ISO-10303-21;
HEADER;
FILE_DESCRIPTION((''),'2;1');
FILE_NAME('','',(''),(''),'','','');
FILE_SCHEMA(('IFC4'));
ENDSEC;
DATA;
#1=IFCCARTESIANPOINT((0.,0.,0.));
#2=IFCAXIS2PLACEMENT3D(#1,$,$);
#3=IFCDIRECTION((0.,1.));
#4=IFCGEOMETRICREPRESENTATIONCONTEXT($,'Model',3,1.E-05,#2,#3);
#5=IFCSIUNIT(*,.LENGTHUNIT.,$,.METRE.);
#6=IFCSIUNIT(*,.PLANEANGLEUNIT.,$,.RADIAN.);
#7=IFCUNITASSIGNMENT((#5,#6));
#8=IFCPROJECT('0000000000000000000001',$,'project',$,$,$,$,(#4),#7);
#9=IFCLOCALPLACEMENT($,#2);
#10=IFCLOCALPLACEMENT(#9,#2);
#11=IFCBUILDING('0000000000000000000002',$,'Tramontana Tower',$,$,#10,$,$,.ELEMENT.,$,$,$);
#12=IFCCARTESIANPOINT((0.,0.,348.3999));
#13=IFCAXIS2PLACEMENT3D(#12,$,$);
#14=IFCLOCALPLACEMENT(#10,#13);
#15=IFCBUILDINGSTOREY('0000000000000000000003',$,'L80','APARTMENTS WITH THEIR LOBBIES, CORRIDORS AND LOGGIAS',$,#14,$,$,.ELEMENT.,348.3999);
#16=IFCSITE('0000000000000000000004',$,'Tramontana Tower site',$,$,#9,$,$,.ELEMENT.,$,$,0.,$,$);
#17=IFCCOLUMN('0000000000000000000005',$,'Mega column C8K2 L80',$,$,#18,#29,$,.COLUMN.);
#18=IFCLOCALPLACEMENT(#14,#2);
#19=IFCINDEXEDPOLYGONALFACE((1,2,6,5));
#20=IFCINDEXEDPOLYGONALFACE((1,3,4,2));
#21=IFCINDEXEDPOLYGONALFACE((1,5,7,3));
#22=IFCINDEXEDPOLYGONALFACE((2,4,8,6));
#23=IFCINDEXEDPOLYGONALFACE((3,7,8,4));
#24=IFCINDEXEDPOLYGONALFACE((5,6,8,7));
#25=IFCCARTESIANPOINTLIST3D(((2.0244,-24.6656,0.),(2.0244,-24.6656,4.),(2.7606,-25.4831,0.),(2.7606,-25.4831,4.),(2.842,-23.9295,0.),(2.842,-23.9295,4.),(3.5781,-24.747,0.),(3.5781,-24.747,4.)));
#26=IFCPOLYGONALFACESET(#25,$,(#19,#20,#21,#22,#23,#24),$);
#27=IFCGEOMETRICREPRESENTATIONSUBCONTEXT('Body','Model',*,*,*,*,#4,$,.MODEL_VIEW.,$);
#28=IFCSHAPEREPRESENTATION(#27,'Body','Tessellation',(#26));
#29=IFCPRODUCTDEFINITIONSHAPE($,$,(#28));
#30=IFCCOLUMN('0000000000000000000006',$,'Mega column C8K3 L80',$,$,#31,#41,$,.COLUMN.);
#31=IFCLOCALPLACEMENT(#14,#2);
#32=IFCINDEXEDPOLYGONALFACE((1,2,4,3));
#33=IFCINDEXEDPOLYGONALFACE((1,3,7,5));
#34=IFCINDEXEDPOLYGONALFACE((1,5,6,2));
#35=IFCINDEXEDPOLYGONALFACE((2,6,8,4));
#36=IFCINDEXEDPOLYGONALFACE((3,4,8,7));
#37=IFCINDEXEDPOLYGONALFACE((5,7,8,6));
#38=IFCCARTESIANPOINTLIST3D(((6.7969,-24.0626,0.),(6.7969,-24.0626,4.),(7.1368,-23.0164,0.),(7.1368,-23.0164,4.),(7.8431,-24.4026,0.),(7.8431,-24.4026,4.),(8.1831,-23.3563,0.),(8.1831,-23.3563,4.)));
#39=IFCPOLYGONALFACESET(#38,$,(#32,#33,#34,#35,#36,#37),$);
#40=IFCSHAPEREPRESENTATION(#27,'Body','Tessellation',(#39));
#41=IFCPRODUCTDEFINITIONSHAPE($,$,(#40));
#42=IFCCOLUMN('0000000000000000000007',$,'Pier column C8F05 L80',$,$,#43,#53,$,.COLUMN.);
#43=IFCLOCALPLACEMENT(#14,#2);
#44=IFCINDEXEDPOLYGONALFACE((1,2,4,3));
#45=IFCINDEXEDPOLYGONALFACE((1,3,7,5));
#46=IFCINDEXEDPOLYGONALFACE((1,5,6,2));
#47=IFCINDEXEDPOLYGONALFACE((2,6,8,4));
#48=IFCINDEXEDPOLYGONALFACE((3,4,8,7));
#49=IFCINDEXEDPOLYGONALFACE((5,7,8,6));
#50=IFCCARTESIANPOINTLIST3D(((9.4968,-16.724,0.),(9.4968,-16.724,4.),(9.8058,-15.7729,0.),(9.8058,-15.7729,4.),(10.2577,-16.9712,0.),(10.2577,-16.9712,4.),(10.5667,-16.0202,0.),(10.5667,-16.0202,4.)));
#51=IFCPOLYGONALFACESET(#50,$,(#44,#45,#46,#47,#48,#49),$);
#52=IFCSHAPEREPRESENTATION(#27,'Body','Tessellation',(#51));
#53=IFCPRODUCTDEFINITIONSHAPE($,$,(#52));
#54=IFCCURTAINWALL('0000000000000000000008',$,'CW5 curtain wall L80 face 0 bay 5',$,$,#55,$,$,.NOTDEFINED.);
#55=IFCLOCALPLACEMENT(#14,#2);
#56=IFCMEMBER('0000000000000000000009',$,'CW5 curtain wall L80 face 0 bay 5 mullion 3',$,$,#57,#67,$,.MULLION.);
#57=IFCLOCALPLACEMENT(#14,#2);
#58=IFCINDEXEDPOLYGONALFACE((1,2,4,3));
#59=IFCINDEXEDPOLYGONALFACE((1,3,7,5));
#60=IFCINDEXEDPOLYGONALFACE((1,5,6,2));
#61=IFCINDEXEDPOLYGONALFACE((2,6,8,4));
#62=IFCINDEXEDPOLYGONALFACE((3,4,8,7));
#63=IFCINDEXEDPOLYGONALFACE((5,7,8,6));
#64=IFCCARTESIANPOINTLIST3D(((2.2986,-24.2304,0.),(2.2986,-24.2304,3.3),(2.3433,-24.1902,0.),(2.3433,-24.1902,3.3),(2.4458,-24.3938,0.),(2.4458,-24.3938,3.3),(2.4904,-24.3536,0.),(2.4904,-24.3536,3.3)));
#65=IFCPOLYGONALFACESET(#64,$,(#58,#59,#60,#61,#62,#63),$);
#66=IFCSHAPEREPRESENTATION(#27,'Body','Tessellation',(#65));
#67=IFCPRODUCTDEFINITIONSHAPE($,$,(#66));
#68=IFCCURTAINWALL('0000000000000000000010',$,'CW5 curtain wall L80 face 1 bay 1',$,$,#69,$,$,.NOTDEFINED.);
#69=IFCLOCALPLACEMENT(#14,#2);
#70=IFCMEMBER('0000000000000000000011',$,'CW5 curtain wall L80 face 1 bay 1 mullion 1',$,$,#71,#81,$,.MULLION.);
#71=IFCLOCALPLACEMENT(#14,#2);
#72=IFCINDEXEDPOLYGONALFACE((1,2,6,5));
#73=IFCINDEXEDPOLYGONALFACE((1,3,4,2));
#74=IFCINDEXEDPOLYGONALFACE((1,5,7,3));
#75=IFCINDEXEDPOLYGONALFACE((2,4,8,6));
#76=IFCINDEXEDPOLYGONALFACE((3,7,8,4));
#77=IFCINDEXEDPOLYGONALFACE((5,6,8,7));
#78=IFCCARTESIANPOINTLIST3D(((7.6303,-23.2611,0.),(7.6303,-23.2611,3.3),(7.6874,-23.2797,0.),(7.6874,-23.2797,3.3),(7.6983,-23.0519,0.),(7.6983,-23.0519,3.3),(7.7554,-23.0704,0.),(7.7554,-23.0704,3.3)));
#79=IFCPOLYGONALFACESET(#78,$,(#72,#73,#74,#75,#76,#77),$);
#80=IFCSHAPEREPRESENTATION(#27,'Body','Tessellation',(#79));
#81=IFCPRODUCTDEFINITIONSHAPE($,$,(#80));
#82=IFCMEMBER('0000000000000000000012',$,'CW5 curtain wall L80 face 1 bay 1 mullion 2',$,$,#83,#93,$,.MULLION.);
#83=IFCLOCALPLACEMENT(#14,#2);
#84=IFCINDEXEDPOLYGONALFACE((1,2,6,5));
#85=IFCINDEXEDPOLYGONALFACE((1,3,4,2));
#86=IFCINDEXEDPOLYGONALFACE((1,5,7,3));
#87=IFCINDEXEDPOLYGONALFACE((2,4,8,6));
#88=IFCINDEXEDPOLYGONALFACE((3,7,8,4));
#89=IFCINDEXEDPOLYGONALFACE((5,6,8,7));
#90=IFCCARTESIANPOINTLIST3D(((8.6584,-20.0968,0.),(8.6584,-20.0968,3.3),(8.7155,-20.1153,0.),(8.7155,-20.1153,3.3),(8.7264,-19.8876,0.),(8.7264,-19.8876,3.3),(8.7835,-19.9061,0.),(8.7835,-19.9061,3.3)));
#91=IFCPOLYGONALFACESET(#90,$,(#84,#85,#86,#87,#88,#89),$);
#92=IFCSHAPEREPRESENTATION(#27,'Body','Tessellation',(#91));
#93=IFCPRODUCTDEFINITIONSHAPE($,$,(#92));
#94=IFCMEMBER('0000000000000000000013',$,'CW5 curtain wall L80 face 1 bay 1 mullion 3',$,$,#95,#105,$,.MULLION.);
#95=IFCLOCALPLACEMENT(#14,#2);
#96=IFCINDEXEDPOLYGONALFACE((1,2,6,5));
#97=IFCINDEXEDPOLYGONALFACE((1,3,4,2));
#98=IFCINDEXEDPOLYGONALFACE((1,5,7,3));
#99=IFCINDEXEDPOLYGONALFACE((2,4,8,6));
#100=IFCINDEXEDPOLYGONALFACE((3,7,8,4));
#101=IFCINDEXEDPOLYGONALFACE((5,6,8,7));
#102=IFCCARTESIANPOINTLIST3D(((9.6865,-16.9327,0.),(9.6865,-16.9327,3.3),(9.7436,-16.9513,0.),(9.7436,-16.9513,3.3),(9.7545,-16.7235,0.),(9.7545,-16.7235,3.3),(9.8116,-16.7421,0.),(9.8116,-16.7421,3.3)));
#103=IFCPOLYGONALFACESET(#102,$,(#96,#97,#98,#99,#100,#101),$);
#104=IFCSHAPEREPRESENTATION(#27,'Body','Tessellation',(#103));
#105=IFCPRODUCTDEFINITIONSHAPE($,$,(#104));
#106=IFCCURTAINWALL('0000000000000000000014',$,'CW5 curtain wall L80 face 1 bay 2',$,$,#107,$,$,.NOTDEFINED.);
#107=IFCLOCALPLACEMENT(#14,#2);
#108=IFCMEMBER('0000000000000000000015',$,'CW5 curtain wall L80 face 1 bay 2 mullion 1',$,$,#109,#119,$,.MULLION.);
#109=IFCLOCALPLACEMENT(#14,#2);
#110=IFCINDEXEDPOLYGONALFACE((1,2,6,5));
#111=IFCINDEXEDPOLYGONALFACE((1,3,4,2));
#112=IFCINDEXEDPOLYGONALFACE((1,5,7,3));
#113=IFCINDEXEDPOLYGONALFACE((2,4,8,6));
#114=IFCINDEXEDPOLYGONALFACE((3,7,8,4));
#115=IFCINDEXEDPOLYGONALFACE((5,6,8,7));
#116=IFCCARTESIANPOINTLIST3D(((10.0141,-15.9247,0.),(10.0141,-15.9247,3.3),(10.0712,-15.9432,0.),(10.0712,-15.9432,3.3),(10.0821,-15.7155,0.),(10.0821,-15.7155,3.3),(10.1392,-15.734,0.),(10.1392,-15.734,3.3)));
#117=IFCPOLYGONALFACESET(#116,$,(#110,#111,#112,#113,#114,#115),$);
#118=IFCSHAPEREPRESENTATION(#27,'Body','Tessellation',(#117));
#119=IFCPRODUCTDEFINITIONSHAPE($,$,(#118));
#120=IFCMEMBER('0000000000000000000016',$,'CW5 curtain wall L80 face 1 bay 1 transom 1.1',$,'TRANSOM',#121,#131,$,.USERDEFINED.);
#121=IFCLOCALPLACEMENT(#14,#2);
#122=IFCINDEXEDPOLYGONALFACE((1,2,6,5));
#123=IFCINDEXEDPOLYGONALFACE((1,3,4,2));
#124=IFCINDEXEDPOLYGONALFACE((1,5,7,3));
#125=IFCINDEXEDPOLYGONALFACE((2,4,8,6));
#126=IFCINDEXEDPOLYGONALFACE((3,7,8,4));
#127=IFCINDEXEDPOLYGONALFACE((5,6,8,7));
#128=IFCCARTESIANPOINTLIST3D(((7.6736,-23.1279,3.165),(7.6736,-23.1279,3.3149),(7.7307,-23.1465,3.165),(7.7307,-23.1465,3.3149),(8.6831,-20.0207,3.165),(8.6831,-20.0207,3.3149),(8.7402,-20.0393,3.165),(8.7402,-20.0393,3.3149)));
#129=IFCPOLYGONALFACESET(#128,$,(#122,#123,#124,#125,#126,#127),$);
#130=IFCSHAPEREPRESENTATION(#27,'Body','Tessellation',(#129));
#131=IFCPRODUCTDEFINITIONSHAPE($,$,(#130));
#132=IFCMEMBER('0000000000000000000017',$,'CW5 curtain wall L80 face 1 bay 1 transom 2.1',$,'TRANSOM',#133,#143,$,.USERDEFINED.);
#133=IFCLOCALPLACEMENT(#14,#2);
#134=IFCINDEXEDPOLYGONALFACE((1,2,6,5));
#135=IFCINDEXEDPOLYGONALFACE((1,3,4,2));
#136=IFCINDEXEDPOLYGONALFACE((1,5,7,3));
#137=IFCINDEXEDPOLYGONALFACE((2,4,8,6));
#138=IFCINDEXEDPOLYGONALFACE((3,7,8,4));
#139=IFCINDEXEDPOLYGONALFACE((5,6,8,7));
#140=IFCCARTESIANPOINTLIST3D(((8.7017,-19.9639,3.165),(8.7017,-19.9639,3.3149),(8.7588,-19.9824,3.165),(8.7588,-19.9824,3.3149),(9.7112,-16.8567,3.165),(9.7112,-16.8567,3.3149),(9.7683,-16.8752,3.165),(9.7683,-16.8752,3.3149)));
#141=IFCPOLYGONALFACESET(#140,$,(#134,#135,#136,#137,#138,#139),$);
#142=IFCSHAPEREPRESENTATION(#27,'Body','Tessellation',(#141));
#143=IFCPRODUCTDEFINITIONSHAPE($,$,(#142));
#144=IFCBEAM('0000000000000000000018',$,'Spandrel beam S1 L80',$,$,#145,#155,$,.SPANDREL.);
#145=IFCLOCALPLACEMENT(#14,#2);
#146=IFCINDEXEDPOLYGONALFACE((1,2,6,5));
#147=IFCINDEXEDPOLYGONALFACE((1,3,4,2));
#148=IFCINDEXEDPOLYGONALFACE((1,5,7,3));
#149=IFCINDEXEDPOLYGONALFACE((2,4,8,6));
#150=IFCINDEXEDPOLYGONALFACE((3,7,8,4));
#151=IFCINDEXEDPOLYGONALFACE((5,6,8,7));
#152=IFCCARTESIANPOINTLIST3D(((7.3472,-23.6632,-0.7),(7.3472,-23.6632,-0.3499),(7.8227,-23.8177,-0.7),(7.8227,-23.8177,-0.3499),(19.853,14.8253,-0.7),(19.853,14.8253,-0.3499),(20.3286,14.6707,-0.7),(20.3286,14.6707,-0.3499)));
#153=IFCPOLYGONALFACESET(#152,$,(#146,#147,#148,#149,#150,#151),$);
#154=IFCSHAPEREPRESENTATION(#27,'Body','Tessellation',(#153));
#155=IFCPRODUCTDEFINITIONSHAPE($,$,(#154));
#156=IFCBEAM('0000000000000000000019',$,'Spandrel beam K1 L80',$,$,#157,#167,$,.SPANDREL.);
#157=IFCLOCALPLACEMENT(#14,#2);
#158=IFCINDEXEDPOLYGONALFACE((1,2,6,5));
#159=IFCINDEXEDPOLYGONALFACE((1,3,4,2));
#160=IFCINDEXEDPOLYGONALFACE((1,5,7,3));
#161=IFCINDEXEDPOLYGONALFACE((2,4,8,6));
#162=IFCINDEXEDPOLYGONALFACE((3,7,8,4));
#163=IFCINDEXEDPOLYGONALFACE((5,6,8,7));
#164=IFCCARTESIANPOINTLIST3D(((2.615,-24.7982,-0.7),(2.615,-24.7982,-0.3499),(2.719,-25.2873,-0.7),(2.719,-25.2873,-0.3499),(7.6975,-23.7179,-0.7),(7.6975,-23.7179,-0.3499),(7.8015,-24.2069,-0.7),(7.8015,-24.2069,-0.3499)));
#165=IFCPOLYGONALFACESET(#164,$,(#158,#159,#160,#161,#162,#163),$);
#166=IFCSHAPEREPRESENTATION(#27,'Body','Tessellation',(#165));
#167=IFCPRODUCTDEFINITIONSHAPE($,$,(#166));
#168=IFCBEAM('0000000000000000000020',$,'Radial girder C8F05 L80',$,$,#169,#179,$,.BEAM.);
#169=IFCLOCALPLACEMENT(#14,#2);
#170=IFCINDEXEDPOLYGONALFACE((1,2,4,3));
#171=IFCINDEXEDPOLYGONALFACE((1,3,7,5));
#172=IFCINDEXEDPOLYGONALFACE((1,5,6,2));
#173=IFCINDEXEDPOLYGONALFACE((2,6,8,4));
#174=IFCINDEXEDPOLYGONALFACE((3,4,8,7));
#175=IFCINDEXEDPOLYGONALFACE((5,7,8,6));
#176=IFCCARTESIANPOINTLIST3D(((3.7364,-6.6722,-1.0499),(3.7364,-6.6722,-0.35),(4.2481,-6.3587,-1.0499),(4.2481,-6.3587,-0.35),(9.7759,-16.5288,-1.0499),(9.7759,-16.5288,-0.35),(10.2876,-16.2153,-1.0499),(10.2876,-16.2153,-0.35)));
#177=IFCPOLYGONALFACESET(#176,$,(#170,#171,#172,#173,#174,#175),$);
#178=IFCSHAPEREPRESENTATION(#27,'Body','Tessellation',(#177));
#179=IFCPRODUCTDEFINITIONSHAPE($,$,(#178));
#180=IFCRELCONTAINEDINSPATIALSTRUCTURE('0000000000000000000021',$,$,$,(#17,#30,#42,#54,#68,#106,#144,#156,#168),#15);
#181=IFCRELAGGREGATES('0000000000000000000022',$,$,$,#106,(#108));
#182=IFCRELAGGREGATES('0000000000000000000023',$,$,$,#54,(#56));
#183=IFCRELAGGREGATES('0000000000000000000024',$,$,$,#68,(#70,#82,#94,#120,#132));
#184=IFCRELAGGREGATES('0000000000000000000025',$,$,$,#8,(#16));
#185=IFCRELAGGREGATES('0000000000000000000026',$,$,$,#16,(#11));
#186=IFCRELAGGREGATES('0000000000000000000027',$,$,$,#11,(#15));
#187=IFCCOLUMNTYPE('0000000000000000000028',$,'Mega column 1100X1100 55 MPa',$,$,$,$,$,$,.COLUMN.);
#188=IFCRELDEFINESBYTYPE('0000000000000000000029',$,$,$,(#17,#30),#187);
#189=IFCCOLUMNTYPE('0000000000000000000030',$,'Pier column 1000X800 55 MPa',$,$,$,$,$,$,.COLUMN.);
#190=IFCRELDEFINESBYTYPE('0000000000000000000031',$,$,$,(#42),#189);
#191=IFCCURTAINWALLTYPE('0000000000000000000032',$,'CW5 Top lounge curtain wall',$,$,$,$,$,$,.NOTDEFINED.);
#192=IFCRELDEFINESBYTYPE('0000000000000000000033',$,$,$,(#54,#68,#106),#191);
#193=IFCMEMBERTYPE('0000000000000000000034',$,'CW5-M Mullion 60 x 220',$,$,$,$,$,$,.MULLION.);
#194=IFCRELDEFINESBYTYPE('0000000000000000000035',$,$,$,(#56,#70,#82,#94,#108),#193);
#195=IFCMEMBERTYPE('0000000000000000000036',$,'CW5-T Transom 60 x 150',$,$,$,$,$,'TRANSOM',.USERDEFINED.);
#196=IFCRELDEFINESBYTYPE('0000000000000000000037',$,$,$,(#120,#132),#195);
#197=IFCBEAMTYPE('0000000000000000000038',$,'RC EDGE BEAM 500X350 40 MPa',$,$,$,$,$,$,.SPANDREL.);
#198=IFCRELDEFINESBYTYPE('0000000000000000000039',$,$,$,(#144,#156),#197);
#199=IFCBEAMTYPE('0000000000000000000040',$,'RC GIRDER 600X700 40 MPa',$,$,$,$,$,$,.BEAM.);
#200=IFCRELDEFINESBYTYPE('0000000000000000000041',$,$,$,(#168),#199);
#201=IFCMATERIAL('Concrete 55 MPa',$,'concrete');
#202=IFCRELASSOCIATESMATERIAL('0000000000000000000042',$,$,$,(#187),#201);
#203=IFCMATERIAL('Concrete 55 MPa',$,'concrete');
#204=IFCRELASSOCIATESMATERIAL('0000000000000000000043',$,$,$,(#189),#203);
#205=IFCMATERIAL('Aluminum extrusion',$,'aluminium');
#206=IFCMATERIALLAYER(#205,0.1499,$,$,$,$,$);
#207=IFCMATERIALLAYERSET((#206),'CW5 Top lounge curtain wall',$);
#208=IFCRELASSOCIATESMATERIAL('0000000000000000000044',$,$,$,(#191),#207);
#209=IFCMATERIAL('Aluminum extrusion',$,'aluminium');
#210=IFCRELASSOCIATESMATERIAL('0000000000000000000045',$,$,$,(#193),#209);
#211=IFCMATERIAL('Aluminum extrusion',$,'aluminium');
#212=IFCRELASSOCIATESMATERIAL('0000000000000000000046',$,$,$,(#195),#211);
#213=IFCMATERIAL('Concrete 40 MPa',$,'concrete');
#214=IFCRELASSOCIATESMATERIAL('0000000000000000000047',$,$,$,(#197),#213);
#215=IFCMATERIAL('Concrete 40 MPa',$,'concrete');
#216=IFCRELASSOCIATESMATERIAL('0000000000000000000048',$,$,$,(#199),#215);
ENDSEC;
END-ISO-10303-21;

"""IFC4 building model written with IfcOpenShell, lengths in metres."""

from ifc_helpers import new_model, si_unit, direction, frame, origin, origin_2d, place, context, subcontext, project, spatial, rectangle, extrude, material, layer, layer_set, material_profile, profile_set, type_object, element, aggregate, save


model = new_model("IFC4")

# Units and contexts
model_context = context("Model", 3, precision=1e-05, world=origin(), true_north=direction((0.0, 1.0)))
body_context = subcontext(model_context, "Body", "Model", "MODEL_VIEW")
ifc_project = project(units=[si_unit("LENGTHUNIT", "METRE"), si_unit("PLANEANGLEUNIT", "RADIAN")], contexts=[model_context])

# Site, building, storey
site_placement = place(None, origin())
site = spatial("IfcSite", under=ifc_project, at=site_placement, Name="Tramontana Tower site", CompositionType="ELEMENT", RefElevation=0.0)
building_placement = place(site_placement, origin())
building = spatial("IfcBuilding", under=site, at=building_placement, Name="Tramontana Tower", CompositionType="ELEMENT")
storey_placement = place(building_placement, frame((0.0, 0.0, 348.3999)))
storey = spatial("IfcBuildingStorey", under=building, at=storey_placement, Name="L80", Description="APARTMENTS WITH THEIR LOBBIES, CORRIDORS AND LOGGIAS", CompositionType="ELEMENT", Elevation=348.3999)

# Columns
ifc_material_1 = material(Name="Concrete 55 MPa", Category="concrete")
ifc_material_profile_1 = material_profile(ifc_material_1, rectangle(XDim=1.1001, YDim=1.1001, at=origin_2d()), Name="Mega column 1100X1100 55 MPa")
ifc_profile_set_1 = profile_set([ifc_material_profile_1], Name="Concrete 55 MPa")
column_type_1 = type_object("IfcColumnType", Name="Mega column 1100X1100 55 MPa", PredefinedType="COLUMN", material=ifc_profile_set_1)
for number, where, z_axis, x_axis, name in (
    (1, (2.8013, -24.7063, 0.0), (0.0, 0.0, 1.0), (0.669131, -0.743145, 0.0), "Mega column C8K2 L80"),
    (2, (7.49, -23.7095, 0.0), (0.0, 0.0, 1.0), (0.309017, 0.951057, 0.0), "Mega column C8K3 L80"),
):
    element("IfcColumn", number, at=place(storey_placement, frame(where, z_axis=z_axis, x_axis=x_axis)), inside=storey, type_object=column_type_1, Name=name, PredefinedType="COLUMN", context=body_context, shape_type="SweptSolid", body=[
        extrude(rectangle(XDim=1.1001, YDim=1.1001, at=origin_2d()), origin(), (0.0, 0.0, 1.0), 4.0),
    ])
ifc_material_2 = material(Name="Concrete 55 MPa", Category="concrete")
ifc_material_profile_2 = material_profile(ifc_material_2, rectangle(XDim=1.0, YDim=0.8, at=origin_2d()), Name="Pier column 1000X800 55 MPa")
ifc_profile_set_2 = profile_set([ifc_material_profile_2], Name="Concrete 55 MPa")
column_type_2 = type_object("IfcColumnType", Name="Pier column 1000X800 55 MPa", PredefinedType="COLUMN", material=ifc_profile_set_2)
column_placement = place(storey_placement, frame((10.0317, -16.3721, 0.0), z_axis=(0.0, 0.0, 1.0), x_axis=(0.309017, 0.951057, 0.0)))
element("IfcColumn", 3, at=column_placement, inside=storey, type_object=column_type_2, Name="Pier column C8F05 L80", PredefinedType="COLUMN", context=body_context, shape_type="SweptSolid", body=[
    extrude(rectangle(XDim=1.0, YDim=0.8, at=origin_2d()), origin(), (0.0, 0.0, 1.0), 4.0),
])

# Curtain wall, member
ifc_material_3 = material(Name="Aluminum extrusion", Category="aluminium")
ifc_layer_1 = layer(ifc_material_3, 0.1499)
ifc_layer_set_1 = layer_set([ifc_layer_1], Name="CW5 Top lounge curtain wall")
curtain_wall_type = type_object("IfcCurtainWallType", Name="CW5 Top lounge curtain wall", PredefinedType="NOTDEFINED", material=ifc_layer_set_1)
curtain_wall_1_placement = place(storey_placement, origin())
curtain_wall_1 = element("IfcCurtainWall", 4, at=curtain_wall_1_placement, inside=storey, type_object=curtain_wall_type, Name="CW5 curtain wall L80 face 0 bay 5", PredefinedType="NOTDEFINED")
ifc_material_4 = material(Name="Aluminum extrusion", Category="aluminium")
ifc_material_profile_3 = material_profile(ifc_material_4, rectangle(XDim=0.0601, YDim=0.22, at=origin_2d()), Name="CW5-M Mullion 60 x 220")
ifc_profile_set_3 = profile_set([ifc_material_profile_3], Name="Aluminum extrusion")
member_type_1 = type_object("IfcMemberType", Name="CW5-M Mullion 60 x 220", PredefinedType="MULLION", material=ifc_profile_set_3)
member_1_placement = place(storey_placement, frame((2.3945, -24.292, 0.0), z_axis=(0.0, 0.0, 1.0), x_axis=(0.743145, 0.669131, 0.0)))
member_1 = element("IfcMember", 5, at=member_1_placement, type_object=member_type_1, Name="CW5 curtain wall L80 face 0 bay 5 mullion 3", PredefinedType="MULLION", context=body_context, shape_type="SweptSolid", body=[
    extrude(rectangle(XDim=0.0601, YDim=0.22, at=origin_2d()), origin(), (0.0, 0.0, 1.0), 3.3),
])

# Curtain wall, members
curtain_wall_2_placement = place(storey_placement, origin())
curtain_wall_2 = element("IfcCurtainWall", 6, at=curtain_wall_2_placement, inside=storey, type_object=curtain_wall_type, Name="CW5 curtain wall L80 face 1 bay 1", PredefinedType="NOTDEFINED")
member_2_placement = place(storey_placement, frame((7.6929, -23.1658, 0.0), z_axis=(0.0, 0.0, 1.0), x_axis=(-0.951057, 0.309017, 0.0)))
member_2 = element("IfcMember", 7, at=member_2_placement, type_object=member_type_1, Name="CW5 curtain wall L80 face 1 bay 1 mullion 1", PredefinedType="MULLION", context=body_context, shape_type="SweptSolid", body=[
    extrude(rectangle(XDim=0.0601, YDim=0.22, at=origin_2d()), origin(), (0.0, 0.0, 1.0), 3.3),
])
member_3_placement = place(storey_placement, frame((8.7209, -20.0015, 0.0), z_axis=(0.0, 0.0, 1.0), x_axis=(-0.951057, 0.309017, 0.0)))
member_3 = element("IfcMember", 8, at=member_3_placement, type_object=member_type_1, Name="CW5 curtain wall L80 face 1 bay 1 mullion 2", PredefinedType="MULLION", context=body_context, shape_type="SweptSolid", body=[
    extrude(rectangle(XDim=0.0601, YDim=0.22, at=origin_2d()), origin(), (0.0, 0.0, 1.0), 3.3),
])
member_4_placement = place(storey_placement, frame((9.749, -16.8374, 0.0), z_axis=(0.0, 0.0, 1.0), x_axis=(-0.951057, 0.309017, 0.0)))
member_4 = element("IfcMember", 9, at=member_4_placement, type_object=member_type_1, Name="CW5 curtain wall L80 face 1 bay 1 mullion 3", PredefinedType="MULLION", context=body_context, shape_type="SweptSolid", body=[
    extrude(rectangle(XDim=0.0601, YDim=0.22, at=origin_2d()), origin(), (0.0, 0.0, 1.0), 3.3),
])

# Curtain wall, member
curtain_wall_3_placement = place(storey_placement, origin())
curtain_wall_3 = element("IfcCurtainWall", 10, at=curtain_wall_3_placement, inside=storey, type_object=curtain_wall_type, Name="CW5 curtain wall L80 face 1 bay 2", PredefinedType="NOTDEFINED")
member_5_placement = place(storey_placement, frame((10.0767, -15.8293, 0.0), z_axis=(0.0, 0.0, 1.0), x_axis=(-0.951057, 0.309017, 0.0)))
member_5 = element("IfcMember", 11, at=member_5_placement, type_object=member_type_1, Name="CW5 curtain wall L80 face 1 bay 2 mullion 1", PredefinedType="MULLION", context=body_context, shape_type="SweptSolid", body=[
    extrude(rectangle(XDim=0.0601, YDim=0.22, at=origin_2d()), origin(), (0.0, 0.0, 1.0), 3.3),
])
aggregate(curtain_wall_3, [member_5])

# Members
ifc_material_5 = material(Name="Aluminum extrusion", Category="aluminium")
ifc_material_profile_4 = material_profile(ifc_material_5, rectangle(XDim=0.0601, YDim=0.1499, at=origin_2d()), Name="CW5-T Transom 60 x 150")
ifc_profile_set_4 = profile_set([ifc_material_profile_4], Name="Aluminum extrusion")
member_type_2 = type_object("IfcMemberType", Name="CW5-T Transom 60 x 150", ElementType="TRANSOM", PredefinedType="USERDEFINED", material=ifc_profile_set_4)
member_6_placement = place(storey_placement, frame((7.7021, -23.1372, 3.24), z_axis=(0.309, 0.951062, 0.0), x_axis=(-0.951062, 0.309, 0.0)))
member_6 = element("IfcMember", 12, at=member_6_placement, type_object=member_type_2, Name="CW5 curtain wall L80 face 1 bay 1 transom 1.1", ObjectType="TRANSOM", PredefinedType="USERDEFINED", context=body_context, shape_type="SweptSolid", body=[
    extrude(rectangle(XDim=0.0601, YDim=0.1499, at=origin_2d()), origin(), (0.0, 0.0, 1.0), 3.2671),
])
member_7_placement = place(storey_placement, frame((8.7302, -19.9731, 3.24), z_axis=(0.309, 0.951062, 0.0), x_axis=(-0.951062, 0.309, 0.0)))
member_7 = element("IfcMember", 13, at=member_7_placement, type_object=member_type_2, Name="CW5 curtain wall L80 face 1 bay 1 transom 2.1", ObjectType="TRANSOM", PredefinedType="USERDEFINED", context=body_context, shape_type="SweptSolid", body=[
    extrude(rectangle(XDim=0.0601, YDim=0.1499, at=origin_2d()), origin(), (0.0, 0.0, 1.0), 3.2671),
])

# Beams
ifc_material_6 = material(Name="Concrete 40 MPa", Category="concrete")
ifc_material_profile_5 = material_profile(ifc_material_6, rectangle(XDim=0.5, YDim=0.3501, at=origin_2d()), Name="RC EDGE BEAM 500X350 40 MPa")
ifc_profile_set_5 = profile_set([ifc_material_profile_5], Name="Concrete 40 MPa")
beam_type_1 = type_object("IfcBeamType", Name="RC EDGE BEAM 500X350 40 MPa", PredefinedType="SPANDREL", material=ifc_profile_set_5)
beam_1_placement = place(storey_placement, frame((7.585, -23.7405, -0.5249), z_axis=(0.309021, 0.951055, 0.0), x_axis=(-0.951055, 0.309021, 0.0)))
element("IfcBeam", 14, at=beam_1_placement, inside=storey, type_object=beam_type_1, Name="Spandrel beam S1 L80", PredefinedType="SPANDREL", context=body_context, shape_type="SweptSolid", body=[
    extrude(rectangle(XDim=0.5, YDim=0.3501, at=origin_2d()), origin(), (0.0, 0.0, 1.0), 40.4692),
])
beam_2_placement = place(storey_placement, frame((2.667, -25.0427, -0.5249), z_axis=(0.978148, 0.207912, 0.0), x_axis=(-0.207912, 0.978148, 0.0)))
element("IfcBeam", 15, at=beam_2_placement, inside=storey, type_object=beam_type_1, Name="Spandrel beam K1 L80", PredefinedType="SPANDREL", context=body_context, shape_type="SweptSolid", body=[
    extrude(rectangle(XDim=0.5, YDim=0.3501, at=origin_2d()), origin(), (0.0, 0.0, 1.0), 5.196),
])
ifc_material_7 = material(Name="Concrete 40 MPa", Category="concrete")
ifc_material_profile_6 = material_profile(ifc_material_7, rectangle(XDim=0.6001, YDim=0.7, at=origin_2d()), Name="RC GIRDER 600X700 40 MPa")
ifc_profile_set_6 = profile_set([ifc_material_profile_6], Name="Concrete 40 MPa")
beam_type_2 = type_object("IfcBeamType", Name="RC GIRDER 600X700 40 MPa", PredefinedType="BEAM", material=ifc_profile_set_6)
beam_3_placement = place(storey_placement, frame((10.0317, -16.3721, -0.7), z_axis=(-0.522459, 0.852665, 0.0), x_axis=(-0.852665, -0.522459, 0.0)))
element("IfcBeam", 16, at=beam_3_placement, inside=storey, type_object=beam_type_2, Name="Radial girder C8F05 L80", PredefinedType="BEAM", context=body_context, shape_type="SweptSolid", body=[
    extrude(rectangle(XDim=0.6001, YDim=0.7, at=origin_2d()), origin(), (0.0, 0.0, 1.0), 11.5598),
])

aggregate(curtain_wall_1, [member_1])
aggregate(curtain_wall_2, [member_2, member_3, member_4, member_6, member_7])

save(model, "model.ifc")
